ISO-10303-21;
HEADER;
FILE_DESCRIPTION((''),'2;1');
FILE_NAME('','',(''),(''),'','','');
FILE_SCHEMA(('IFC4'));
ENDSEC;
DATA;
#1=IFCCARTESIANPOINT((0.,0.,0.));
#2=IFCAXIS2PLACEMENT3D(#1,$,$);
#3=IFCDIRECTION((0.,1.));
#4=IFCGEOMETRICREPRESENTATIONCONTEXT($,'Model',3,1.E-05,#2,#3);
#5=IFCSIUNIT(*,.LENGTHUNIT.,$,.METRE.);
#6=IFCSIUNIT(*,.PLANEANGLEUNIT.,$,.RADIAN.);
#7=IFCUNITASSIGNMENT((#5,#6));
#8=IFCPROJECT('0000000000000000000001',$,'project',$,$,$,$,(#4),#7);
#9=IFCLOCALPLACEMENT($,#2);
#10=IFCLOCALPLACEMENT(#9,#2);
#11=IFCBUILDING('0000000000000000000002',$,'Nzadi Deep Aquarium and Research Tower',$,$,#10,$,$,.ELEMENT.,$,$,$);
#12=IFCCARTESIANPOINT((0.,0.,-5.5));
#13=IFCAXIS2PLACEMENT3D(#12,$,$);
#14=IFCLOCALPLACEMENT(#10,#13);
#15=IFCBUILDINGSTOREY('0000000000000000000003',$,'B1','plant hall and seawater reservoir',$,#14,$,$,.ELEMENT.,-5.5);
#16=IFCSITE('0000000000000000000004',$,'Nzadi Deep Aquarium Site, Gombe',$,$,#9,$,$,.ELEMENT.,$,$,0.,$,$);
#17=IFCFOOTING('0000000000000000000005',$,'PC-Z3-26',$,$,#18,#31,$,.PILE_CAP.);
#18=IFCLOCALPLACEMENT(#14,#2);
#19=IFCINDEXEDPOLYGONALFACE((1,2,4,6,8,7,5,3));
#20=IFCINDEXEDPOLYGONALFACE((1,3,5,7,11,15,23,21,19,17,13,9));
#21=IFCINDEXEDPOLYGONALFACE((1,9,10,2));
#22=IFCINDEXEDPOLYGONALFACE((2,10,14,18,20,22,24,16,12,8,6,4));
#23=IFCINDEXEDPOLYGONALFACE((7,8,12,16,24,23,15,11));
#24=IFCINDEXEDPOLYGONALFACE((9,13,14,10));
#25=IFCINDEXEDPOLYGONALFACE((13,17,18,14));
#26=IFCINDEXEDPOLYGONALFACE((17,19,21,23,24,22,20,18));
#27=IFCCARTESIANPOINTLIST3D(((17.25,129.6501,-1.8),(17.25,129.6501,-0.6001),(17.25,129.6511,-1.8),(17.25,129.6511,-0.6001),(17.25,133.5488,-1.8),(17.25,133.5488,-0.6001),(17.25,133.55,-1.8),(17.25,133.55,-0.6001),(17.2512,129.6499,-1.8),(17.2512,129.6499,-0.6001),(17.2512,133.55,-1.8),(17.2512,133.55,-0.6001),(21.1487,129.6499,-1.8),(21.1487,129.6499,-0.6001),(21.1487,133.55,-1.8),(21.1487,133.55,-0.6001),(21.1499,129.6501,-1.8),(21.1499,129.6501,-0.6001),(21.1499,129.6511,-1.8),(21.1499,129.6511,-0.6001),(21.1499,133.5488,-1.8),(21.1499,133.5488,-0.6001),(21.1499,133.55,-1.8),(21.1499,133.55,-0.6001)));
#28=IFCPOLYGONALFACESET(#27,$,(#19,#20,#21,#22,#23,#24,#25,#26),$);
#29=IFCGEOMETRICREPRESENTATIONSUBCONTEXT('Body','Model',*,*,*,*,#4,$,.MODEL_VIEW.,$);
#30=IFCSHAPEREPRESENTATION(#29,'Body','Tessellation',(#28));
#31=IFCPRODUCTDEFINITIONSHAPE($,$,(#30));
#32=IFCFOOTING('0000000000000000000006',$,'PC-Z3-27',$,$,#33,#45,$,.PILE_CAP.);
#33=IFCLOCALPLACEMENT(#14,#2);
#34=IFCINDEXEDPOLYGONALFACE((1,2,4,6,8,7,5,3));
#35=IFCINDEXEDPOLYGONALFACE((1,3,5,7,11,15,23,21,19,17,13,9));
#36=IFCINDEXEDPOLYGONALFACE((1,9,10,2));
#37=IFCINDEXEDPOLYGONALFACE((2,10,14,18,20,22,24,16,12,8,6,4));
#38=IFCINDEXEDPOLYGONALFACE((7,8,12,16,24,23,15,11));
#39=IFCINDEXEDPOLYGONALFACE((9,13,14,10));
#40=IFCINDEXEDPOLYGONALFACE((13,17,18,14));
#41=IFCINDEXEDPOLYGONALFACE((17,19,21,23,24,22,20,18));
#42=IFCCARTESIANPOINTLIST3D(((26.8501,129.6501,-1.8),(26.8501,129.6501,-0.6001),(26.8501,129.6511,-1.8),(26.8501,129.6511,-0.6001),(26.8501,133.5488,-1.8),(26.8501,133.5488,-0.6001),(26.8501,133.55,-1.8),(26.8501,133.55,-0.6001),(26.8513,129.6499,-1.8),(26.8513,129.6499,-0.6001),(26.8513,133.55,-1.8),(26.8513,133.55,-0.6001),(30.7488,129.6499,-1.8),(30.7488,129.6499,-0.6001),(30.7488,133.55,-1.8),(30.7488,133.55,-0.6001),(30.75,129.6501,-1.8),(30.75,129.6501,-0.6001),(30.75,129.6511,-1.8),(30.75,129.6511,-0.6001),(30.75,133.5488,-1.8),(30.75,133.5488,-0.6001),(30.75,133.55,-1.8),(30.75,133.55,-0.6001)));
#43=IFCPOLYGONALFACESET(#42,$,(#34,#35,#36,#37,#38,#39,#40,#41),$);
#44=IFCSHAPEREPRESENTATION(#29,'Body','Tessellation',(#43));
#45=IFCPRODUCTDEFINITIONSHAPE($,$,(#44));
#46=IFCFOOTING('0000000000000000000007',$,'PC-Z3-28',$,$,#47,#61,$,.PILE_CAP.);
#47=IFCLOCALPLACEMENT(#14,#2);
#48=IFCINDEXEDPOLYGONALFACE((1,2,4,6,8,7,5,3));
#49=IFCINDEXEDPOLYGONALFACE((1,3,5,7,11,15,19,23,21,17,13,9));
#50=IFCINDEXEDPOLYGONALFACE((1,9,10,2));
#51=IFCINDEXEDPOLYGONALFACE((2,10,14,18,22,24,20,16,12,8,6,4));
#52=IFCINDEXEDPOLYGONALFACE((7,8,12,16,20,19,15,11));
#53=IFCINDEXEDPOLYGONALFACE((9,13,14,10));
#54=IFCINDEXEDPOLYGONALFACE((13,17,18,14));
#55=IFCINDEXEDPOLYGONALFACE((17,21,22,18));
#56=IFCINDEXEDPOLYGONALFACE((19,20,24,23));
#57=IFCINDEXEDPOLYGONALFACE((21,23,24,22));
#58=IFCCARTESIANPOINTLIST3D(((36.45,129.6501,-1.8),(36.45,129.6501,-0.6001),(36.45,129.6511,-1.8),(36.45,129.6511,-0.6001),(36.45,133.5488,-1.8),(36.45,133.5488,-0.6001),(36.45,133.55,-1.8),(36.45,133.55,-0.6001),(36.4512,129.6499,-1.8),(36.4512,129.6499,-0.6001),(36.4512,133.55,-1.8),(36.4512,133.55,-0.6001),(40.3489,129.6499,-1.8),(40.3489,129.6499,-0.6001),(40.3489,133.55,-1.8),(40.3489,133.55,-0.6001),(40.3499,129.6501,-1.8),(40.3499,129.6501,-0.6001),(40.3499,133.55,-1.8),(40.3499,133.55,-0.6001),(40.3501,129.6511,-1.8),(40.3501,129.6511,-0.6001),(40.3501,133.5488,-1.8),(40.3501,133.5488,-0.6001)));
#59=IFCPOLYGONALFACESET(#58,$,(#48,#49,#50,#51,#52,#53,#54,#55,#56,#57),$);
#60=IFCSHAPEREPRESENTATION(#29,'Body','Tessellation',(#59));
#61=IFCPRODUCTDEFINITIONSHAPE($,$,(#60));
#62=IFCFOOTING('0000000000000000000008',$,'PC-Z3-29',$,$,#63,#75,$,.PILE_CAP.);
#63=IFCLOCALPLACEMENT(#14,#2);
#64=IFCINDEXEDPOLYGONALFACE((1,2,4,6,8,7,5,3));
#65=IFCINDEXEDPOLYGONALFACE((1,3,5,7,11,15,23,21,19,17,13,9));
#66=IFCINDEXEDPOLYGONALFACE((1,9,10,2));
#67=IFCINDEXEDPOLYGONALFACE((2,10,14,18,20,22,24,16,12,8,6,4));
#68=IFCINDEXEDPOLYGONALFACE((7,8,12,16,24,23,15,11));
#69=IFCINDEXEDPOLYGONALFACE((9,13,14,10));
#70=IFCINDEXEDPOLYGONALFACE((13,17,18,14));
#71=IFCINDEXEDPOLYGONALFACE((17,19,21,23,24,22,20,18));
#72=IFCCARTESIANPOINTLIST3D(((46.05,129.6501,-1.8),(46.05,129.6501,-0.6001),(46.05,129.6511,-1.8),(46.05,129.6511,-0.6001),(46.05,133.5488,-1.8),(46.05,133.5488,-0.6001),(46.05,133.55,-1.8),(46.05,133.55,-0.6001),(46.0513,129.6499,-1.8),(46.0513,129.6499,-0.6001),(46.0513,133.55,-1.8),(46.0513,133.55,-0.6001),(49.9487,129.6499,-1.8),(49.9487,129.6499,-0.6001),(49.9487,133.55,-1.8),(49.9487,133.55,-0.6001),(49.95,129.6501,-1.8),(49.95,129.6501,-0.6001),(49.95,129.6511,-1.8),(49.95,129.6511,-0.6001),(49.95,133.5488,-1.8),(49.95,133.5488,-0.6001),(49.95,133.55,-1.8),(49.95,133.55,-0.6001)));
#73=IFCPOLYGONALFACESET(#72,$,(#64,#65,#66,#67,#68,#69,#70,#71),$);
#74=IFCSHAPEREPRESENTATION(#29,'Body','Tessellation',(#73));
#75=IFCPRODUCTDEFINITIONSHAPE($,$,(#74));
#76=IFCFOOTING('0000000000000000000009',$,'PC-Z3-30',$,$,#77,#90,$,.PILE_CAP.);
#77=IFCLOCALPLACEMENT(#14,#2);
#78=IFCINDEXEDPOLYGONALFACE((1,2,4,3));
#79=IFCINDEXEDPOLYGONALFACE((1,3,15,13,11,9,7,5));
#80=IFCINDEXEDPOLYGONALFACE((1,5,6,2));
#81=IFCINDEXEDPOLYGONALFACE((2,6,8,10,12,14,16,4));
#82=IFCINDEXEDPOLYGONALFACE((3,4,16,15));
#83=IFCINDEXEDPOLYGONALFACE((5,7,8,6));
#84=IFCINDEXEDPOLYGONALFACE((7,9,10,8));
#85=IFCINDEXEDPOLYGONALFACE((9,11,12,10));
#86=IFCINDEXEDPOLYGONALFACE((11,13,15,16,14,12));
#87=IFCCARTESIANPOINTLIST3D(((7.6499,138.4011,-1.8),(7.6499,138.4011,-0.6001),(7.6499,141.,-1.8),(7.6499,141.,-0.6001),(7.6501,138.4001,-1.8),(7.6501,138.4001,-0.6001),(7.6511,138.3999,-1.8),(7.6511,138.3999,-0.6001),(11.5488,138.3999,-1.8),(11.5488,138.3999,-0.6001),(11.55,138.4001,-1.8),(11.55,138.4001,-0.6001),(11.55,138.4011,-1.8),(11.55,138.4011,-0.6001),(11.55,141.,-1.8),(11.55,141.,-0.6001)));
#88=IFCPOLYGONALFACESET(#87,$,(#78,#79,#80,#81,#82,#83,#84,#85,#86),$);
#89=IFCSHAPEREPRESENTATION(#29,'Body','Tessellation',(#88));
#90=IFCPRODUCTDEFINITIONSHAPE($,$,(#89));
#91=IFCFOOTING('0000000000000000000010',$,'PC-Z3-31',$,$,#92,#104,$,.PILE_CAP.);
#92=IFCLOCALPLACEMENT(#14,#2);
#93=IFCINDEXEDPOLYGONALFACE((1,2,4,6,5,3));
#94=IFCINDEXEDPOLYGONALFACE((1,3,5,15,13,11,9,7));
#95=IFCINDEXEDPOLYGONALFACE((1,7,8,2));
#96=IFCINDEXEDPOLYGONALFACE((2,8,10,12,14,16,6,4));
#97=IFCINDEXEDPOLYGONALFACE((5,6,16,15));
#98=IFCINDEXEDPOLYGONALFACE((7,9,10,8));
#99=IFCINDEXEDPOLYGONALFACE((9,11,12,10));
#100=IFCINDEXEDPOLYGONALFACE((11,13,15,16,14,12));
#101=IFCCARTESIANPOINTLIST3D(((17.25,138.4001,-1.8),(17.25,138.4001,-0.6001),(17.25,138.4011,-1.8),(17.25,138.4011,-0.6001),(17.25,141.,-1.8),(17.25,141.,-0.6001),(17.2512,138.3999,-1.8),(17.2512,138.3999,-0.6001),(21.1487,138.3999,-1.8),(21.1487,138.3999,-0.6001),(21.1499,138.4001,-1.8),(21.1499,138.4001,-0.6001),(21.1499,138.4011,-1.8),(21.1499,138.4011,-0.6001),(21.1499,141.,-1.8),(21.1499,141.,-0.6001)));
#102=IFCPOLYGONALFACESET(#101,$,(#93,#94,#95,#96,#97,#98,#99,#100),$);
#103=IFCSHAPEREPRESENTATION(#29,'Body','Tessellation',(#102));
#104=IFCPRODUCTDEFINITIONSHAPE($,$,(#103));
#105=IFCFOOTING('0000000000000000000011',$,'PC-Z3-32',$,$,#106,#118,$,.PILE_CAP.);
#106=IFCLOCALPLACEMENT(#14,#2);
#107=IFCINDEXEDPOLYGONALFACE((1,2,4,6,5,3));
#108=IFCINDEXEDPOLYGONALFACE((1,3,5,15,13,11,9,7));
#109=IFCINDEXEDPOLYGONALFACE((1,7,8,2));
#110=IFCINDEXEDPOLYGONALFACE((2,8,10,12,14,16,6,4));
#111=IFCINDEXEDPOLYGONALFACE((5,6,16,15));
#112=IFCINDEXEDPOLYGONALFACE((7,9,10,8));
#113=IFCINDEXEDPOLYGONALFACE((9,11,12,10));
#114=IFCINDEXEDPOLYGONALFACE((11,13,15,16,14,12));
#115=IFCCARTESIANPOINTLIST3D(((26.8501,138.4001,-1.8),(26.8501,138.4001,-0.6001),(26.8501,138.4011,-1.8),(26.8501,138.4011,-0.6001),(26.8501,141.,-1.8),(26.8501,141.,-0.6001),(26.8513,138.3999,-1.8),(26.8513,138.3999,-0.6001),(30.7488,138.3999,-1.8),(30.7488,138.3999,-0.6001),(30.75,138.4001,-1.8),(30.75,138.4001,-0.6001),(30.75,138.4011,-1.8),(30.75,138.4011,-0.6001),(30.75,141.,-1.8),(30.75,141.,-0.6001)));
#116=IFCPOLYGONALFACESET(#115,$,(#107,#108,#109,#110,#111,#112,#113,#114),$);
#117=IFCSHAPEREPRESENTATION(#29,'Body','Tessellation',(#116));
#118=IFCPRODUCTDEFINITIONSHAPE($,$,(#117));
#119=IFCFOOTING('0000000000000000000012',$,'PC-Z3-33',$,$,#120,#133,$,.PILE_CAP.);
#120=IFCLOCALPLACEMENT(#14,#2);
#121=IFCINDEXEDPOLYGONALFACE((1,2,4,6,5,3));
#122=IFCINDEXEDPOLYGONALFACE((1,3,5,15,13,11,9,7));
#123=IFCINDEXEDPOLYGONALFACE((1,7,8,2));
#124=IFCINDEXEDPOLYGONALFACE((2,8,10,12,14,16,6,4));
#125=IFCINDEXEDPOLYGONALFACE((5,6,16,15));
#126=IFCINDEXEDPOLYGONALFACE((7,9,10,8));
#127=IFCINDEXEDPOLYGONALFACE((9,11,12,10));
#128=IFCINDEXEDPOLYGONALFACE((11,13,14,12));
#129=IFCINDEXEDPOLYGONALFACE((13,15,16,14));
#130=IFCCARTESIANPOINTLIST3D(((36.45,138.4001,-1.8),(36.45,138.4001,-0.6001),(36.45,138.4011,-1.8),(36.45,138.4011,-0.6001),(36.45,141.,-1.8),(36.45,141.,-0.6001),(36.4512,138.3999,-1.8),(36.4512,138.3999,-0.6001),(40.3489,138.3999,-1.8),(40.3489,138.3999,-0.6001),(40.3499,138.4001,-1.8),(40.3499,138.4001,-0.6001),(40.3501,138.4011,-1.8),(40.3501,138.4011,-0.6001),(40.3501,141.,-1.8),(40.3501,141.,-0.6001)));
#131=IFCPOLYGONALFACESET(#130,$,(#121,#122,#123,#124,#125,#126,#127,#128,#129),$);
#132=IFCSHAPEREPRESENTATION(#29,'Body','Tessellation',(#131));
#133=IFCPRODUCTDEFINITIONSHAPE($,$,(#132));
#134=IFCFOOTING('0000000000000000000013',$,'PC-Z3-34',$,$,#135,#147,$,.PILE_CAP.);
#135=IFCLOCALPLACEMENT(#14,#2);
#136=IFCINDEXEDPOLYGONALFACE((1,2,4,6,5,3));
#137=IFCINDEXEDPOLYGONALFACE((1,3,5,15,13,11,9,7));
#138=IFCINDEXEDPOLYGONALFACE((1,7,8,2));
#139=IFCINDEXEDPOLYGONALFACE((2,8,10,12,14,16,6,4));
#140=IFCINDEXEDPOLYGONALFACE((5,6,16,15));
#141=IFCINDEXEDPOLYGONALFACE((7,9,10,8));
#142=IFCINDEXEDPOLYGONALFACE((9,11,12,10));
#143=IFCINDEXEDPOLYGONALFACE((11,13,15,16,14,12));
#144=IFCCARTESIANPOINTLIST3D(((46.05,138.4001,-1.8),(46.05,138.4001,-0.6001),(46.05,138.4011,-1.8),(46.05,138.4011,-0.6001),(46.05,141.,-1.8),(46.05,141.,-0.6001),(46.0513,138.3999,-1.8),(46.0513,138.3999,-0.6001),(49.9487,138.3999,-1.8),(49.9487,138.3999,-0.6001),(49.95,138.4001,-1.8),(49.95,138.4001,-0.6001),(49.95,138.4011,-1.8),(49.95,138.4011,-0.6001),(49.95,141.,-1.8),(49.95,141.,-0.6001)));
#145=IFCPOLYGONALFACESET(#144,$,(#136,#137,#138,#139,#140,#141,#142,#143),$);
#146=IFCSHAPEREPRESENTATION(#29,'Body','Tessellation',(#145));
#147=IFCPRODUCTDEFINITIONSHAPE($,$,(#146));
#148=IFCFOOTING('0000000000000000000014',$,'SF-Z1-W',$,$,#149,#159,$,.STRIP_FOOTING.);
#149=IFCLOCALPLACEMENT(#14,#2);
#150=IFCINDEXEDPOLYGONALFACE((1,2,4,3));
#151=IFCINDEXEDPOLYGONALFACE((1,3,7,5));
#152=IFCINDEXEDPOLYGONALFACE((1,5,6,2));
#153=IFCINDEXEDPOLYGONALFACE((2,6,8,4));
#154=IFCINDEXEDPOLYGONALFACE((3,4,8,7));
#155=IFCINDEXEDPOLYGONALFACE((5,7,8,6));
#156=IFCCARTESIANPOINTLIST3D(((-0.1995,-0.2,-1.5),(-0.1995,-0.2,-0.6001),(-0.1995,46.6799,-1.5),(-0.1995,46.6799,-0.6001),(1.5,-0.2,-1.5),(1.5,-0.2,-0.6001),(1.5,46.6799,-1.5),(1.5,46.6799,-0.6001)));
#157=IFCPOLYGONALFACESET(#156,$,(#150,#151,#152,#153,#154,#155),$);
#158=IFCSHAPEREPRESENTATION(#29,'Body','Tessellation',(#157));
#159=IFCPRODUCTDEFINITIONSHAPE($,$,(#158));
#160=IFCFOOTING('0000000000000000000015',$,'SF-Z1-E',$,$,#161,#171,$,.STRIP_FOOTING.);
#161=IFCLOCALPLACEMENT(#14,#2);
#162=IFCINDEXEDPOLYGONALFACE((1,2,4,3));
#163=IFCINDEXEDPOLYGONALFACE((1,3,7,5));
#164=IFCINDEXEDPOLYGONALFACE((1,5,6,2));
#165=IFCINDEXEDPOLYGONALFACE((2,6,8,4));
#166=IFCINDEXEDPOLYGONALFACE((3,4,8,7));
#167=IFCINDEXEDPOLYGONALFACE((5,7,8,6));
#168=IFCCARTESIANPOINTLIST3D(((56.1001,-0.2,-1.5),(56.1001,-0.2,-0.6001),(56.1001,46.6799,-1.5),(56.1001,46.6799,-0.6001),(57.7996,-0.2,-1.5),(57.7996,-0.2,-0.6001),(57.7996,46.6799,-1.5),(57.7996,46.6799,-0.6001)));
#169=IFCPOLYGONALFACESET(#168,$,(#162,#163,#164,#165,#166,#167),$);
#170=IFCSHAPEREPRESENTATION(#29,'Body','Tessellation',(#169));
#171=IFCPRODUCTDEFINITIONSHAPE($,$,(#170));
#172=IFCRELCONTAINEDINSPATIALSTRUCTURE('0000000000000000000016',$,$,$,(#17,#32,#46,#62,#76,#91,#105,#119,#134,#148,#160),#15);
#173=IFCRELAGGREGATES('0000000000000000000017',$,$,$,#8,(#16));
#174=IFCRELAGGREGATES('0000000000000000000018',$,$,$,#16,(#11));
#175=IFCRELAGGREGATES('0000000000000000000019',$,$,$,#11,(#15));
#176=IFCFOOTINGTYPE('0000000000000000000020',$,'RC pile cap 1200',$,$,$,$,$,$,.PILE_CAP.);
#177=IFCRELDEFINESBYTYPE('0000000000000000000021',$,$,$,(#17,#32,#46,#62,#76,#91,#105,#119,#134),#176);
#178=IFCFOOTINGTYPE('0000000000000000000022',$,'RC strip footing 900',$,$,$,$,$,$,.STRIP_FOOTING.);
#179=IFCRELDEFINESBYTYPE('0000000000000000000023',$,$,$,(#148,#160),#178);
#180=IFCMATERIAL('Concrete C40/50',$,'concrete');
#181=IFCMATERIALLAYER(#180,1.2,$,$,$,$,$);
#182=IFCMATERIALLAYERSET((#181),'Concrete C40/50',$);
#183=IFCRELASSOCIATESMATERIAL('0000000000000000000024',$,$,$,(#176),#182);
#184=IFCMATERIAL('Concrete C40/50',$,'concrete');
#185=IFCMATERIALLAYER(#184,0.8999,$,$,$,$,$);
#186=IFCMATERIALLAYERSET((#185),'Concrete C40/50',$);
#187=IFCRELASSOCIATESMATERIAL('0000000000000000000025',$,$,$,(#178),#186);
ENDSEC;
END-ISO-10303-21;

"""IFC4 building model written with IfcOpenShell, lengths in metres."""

from ifc_helpers import new_model, si_unit, direction, frame, origin, place, context, subcontext, project, spatial, polyline, outline, extrude, material, layer, layer_set, type_object, element, save


model = new_model("IFC4")

# Units and contexts
model_context = context("Model", 3, precision=1e-05, world=origin(), true_north=direction((0.0, 1.0)))
body_context = subcontext(model_context, "Body", "Model", "MODEL_VIEW")
ifc_project = project(units=[si_unit("LENGTHUNIT", "METRE"), si_unit("PLANEANGLEUNIT", "RADIAN")], contexts=[model_context])

# Site, building, storey
site_placement = place(None, origin())
site = spatial("IfcSite", under=ifc_project, at=site_placement, Name="Nzadi Deep Aquarium Site, Gombe", CompositionType="ELEMENT", RefElevation=0.0)
building_placement = place(site_placement, origin())
building = spatial("IfcBuilding", under=site, at=building_placement, Name="Nzadi Deep Aquarium and Research Tower", CompositionType="ELEMENT")
storey_placement = place(building_placement, frame((0.0, 0.0, -5.5)))
storey = spatial("IfcBuildingStorey", under=building, at=storey_placement, Name="B1", Description="plant hall and seawater reservoir", CompositionType="ELEMENT", Elevation=-5.5)

# Footings
ifc_material_1 = material(Name="Concrete C40/50", Category="concrete")
ifc_layer_1 = layer(ifc_material_1, 1.2)
ifc_layer_set_1 = layer_set([ifc_layer_1], Name="Concrete C40/50")
footing_type_1 = type_object("IfcFootingType", Name="RC pile cap 1200", PredefinedType="PILE_CAP", material=ifc_layer_set_1)
footing_1_placement = place(storey_placement, frame((0.0, 0.0, -1.8)))
element("IfcFooting", 1, at=footing_1_placement, inside=storey, type_object=footing_type_1, Name="PC-Z3-26", PredefinedType="PILE_CAP", context=body_context, shape_type="SweptSolid", body=[
    extrude(outline(polyline([(17.25, 133.5488), (17.25, 129.6511), (17.25, 129.6501), (17.2512, 129.6499), (21.1487, 129.6499), (21.1499, 129.6501), (21.1499, 129.6511), (21.1499, 133.5488), (21.1499, 133.55), (21.1487, 133.55), (17.2512, 133.55), (17.25, 133.55), (17.25, 133.5488)])), origin(), (0.0, 0.0, 1.0), 1.2),
])
footing_2_placement = place(storey_placement, frame((0.0, 0.0, -1.8)))
element("IfcFooting", 2, at=footing_2_placement, inside=storey, type_object=footing_type_1, Name="PC-Z3-27", PredefinedType="PILE_CAP", context=body_context, shape_type="SweptSolid", body=[
    extrude(outline(polyline([(26.8501, 133.5488), (26.8501, 129.6511), (26.8501, 129.6501), (26.8513, 129.6499), (30.7488, 129.6499), (30.75, 129.6501), (30.75, 129.6511), (30.75, 133.5488), (30.75, 133.55), (30.7488, 133.55), (26.8513, 133.55), (26.8501, 133.55), (26.8501, 133.5488)])), origin(), (0.0, 0.0, 1.0), 1.2),
])
footing_3_placement = place(storey_placement, frame((0.0, 0.0, -1.8)))
element("IfcFooting", 3, at=footing_3_placement, inside=storey, type_object=footing_type_1, Name="PC-Z3-28", PredefinedType="PILE_CAP", context=body_context, shape_type="SweptSolid", body=[
    extrude(outline(polyline([(36.45, 133.5488), (36.45, 129.6511), (36.45, 129.6501), (36.4512, 129.6499), (40.3489, 129.6499), (40.3499, 129.6501), (40.3501, 129.6511), (40.3501, 133.5488), (40.3499, 133.55), (40.3489, 133.55), (36.4512, 133.55), (36.45, 133.55), (36.45, 133.5488)])), origin(), (0.0, 0.0, 1.0), 1.2),
])
footing_4_placement = place(storey_placement, frame((0.0, 0.0, -1.8)))
element("IfcFooting", 4, at=footing_4_placement, inside=storey, type_object=footing_type_1, Name="PC-Z3-29", PredefinedType="PILE_CAP", context=body_context, shape_type="SweptSolid", body=[
    extrude(outline(polyline([(46.05, 133.5488), (46.05, 129.6511), (46.05, 129.6501), (46.0513, 129.6499), (49.9487, 129.6499), (49.95, 129.6501), (49.95, 129.6511), (49.95, 133.5488), (49.95, 133.55), (49.9487, 133.55), (46.0513, 133.55), (46.05, 133.55), (46.05, 133.5488)])), origin(), (0.0, 0.0, 1.0), 1.2),
])
footing_5_placement = place(storey_placement, frame((0.0, 0.0, -1.8)))
element("IfcFooting", 5, at=footing_5_placement, inside=storey, type_object=footing_type_1, Name="PC-Z3-30", PredefinedType="PILE_CAP", context=body_context, shape_type="SweptSolid", body=[
    extrude(outline(polyline([(7.6499, 141.0), (7.6499, 138.4011), (7.6501, 138.4001), (7.6511, 138.3999), (11.5488, 138.3999), (11.55, 138.4001), (11.55, 138.4011), (11.55, 141.0), (7.6499, 141.0)])), origin(), (0.0, 0.0, 1.0), 1.2),
])
footing_6_placement = place(storey_placement, frame((0.0, 0.0, -1.8)))
element("IfcFooting", 6, at=footing_6_placement, inside=storey, type_object=footing_type_1, Name="PC-Z3-31", PredefinedType="PILE_CAP", context=body_context, shape_type="SweptSolid", body=[
    extrude(outline(polyline([(17.25, 141.0), (17.25, 138.4011), (17.25, 138.4001), (17.2512, 138.3999), (21.1487, 138.3999), (21.1499, 138.4001), (21.1499, 138.4011), (21.1499, 141.0), (17.25, 141.0)])), origin(), (0.0, 0.0, 1.0), 1.2),
])
footing_7_placement = place(storey_placement, frame((0.0, 0.0, -1.8)))
element("IfcFooting", 7, at=footing_7_placement, inside=storey, type_object=footing_type_1, Name="PC-Z3-32", PredefinedType="PILE_CAP", context=body_context, shape_type="SweptSolid", body=[
    extrude(outline(polyline([(26.8501, 141.0), (26.8501, 138.4011), (26.8501, 138.4001), (26.8513, 138.3999), (30.7488, 138.3999), (30.75, 138.4001), (30.75, 138.4011), (30.75, 141.0), (26.8501, 141.0)])), origin(), (0.0, 0.0, 1.0), 1.2),
])
footing_8_placement = place(storey_placement, frame((0.0, 0.0, -1.8)))
element("IfcFooting", 8, at=footing_8_placement, inside=storey, type_object=footing_type_1, Name="PC-Z3-33", PredefinedType="PILE_CAP", context=body_context, shape_type="SweptSolid", body=[
    extrude(outline(polyline([(36.45, 141.0), (36.45, 138.4011), (36.45, 138.4001), (36.4512, 138.3999), (40.3489, 138.3999), (40.3499, 138.4001), (40.3501, 138.4011), (40.3501, 141.0), (36.45, 141.0)])), origin(), (0.0, 0.0, 1.0), 1.2),
])
footing_9_placement = place(storey_placement, frame((0.0, 0.0, -1.8)))
element("IfcFooting", 9, at=footing_9_placement, inside=storey, type_object=footing_type_1, Name="PC-Z3-34", PredefinedType="PILE_CAP", context=body_context, shape_type="SweptSolid", body=[
    extrude(outline(polyline([(46.05, 141.0), (46.05, 138.4011), (46.05, 138.4001), (46.0513, 138.3999), (49.9487, 138.3999), (49.95, 138.4001), (49.95, 138.4011), (49.95, 141.0), (46.05, 141.0)])), origin(), (0.0, 0.0, 1.0), 1.2),
])
ifc_material_2 = material(Name="Concrete C40/50", Category="concrete")
ifc_layer_2 = layer(ifc_material_2, 0.8999)
ifc_layer_set_2 = layer_set([ifc_layer_2], Name="Concrete C40/50")
footing_type_2 = type_object("IfcFootingType", Name="RC strip footing 900", PredefinedType="STRIP_FOOTING", material=ifc_layer_set_2)
footing_10_placement = place(storey_placement, frame((0.0, 0.0, -1.5)))
element("IfcFooting", 10, at=footing_10_placement, inside=storey, type_object=footing_type_2, Name="SF-Z1-W", PredefinedType="STRIP_FOOTING", context=body_context, shape_type="SweptSolid", body=[
    extrude(outline(polyline([(1.5, -0.2), (1.5, 46.6799), (-0.1995, 46.6799), (-0.1995, -0.2), (1.5, -0.2)])), origin(), (0.0, 0.0, 1.0), 0.8999),
])
footing_11_placement = place(storey_placement, frame((0.0, 0.0, -1.5)))
element("IfcFooting", 11, at=footing_11_placement, inside=storey, type_object=footing_type_2, Name="SF-Z1-E", PredefinedType="STRIP_FOOTING", context=body_context, shape_type="SweptSolid", body=[
    extrude(outline(polyline([(57.7996, -0.2), (57.7996, 46.6799), (56.1001, 46.6799), (56.1001, -0.2), (57.7996, -0.2)])), origin(), (0.0, 0.0, 1.0), 0.8999),
])

save(model, "model.ifc")
